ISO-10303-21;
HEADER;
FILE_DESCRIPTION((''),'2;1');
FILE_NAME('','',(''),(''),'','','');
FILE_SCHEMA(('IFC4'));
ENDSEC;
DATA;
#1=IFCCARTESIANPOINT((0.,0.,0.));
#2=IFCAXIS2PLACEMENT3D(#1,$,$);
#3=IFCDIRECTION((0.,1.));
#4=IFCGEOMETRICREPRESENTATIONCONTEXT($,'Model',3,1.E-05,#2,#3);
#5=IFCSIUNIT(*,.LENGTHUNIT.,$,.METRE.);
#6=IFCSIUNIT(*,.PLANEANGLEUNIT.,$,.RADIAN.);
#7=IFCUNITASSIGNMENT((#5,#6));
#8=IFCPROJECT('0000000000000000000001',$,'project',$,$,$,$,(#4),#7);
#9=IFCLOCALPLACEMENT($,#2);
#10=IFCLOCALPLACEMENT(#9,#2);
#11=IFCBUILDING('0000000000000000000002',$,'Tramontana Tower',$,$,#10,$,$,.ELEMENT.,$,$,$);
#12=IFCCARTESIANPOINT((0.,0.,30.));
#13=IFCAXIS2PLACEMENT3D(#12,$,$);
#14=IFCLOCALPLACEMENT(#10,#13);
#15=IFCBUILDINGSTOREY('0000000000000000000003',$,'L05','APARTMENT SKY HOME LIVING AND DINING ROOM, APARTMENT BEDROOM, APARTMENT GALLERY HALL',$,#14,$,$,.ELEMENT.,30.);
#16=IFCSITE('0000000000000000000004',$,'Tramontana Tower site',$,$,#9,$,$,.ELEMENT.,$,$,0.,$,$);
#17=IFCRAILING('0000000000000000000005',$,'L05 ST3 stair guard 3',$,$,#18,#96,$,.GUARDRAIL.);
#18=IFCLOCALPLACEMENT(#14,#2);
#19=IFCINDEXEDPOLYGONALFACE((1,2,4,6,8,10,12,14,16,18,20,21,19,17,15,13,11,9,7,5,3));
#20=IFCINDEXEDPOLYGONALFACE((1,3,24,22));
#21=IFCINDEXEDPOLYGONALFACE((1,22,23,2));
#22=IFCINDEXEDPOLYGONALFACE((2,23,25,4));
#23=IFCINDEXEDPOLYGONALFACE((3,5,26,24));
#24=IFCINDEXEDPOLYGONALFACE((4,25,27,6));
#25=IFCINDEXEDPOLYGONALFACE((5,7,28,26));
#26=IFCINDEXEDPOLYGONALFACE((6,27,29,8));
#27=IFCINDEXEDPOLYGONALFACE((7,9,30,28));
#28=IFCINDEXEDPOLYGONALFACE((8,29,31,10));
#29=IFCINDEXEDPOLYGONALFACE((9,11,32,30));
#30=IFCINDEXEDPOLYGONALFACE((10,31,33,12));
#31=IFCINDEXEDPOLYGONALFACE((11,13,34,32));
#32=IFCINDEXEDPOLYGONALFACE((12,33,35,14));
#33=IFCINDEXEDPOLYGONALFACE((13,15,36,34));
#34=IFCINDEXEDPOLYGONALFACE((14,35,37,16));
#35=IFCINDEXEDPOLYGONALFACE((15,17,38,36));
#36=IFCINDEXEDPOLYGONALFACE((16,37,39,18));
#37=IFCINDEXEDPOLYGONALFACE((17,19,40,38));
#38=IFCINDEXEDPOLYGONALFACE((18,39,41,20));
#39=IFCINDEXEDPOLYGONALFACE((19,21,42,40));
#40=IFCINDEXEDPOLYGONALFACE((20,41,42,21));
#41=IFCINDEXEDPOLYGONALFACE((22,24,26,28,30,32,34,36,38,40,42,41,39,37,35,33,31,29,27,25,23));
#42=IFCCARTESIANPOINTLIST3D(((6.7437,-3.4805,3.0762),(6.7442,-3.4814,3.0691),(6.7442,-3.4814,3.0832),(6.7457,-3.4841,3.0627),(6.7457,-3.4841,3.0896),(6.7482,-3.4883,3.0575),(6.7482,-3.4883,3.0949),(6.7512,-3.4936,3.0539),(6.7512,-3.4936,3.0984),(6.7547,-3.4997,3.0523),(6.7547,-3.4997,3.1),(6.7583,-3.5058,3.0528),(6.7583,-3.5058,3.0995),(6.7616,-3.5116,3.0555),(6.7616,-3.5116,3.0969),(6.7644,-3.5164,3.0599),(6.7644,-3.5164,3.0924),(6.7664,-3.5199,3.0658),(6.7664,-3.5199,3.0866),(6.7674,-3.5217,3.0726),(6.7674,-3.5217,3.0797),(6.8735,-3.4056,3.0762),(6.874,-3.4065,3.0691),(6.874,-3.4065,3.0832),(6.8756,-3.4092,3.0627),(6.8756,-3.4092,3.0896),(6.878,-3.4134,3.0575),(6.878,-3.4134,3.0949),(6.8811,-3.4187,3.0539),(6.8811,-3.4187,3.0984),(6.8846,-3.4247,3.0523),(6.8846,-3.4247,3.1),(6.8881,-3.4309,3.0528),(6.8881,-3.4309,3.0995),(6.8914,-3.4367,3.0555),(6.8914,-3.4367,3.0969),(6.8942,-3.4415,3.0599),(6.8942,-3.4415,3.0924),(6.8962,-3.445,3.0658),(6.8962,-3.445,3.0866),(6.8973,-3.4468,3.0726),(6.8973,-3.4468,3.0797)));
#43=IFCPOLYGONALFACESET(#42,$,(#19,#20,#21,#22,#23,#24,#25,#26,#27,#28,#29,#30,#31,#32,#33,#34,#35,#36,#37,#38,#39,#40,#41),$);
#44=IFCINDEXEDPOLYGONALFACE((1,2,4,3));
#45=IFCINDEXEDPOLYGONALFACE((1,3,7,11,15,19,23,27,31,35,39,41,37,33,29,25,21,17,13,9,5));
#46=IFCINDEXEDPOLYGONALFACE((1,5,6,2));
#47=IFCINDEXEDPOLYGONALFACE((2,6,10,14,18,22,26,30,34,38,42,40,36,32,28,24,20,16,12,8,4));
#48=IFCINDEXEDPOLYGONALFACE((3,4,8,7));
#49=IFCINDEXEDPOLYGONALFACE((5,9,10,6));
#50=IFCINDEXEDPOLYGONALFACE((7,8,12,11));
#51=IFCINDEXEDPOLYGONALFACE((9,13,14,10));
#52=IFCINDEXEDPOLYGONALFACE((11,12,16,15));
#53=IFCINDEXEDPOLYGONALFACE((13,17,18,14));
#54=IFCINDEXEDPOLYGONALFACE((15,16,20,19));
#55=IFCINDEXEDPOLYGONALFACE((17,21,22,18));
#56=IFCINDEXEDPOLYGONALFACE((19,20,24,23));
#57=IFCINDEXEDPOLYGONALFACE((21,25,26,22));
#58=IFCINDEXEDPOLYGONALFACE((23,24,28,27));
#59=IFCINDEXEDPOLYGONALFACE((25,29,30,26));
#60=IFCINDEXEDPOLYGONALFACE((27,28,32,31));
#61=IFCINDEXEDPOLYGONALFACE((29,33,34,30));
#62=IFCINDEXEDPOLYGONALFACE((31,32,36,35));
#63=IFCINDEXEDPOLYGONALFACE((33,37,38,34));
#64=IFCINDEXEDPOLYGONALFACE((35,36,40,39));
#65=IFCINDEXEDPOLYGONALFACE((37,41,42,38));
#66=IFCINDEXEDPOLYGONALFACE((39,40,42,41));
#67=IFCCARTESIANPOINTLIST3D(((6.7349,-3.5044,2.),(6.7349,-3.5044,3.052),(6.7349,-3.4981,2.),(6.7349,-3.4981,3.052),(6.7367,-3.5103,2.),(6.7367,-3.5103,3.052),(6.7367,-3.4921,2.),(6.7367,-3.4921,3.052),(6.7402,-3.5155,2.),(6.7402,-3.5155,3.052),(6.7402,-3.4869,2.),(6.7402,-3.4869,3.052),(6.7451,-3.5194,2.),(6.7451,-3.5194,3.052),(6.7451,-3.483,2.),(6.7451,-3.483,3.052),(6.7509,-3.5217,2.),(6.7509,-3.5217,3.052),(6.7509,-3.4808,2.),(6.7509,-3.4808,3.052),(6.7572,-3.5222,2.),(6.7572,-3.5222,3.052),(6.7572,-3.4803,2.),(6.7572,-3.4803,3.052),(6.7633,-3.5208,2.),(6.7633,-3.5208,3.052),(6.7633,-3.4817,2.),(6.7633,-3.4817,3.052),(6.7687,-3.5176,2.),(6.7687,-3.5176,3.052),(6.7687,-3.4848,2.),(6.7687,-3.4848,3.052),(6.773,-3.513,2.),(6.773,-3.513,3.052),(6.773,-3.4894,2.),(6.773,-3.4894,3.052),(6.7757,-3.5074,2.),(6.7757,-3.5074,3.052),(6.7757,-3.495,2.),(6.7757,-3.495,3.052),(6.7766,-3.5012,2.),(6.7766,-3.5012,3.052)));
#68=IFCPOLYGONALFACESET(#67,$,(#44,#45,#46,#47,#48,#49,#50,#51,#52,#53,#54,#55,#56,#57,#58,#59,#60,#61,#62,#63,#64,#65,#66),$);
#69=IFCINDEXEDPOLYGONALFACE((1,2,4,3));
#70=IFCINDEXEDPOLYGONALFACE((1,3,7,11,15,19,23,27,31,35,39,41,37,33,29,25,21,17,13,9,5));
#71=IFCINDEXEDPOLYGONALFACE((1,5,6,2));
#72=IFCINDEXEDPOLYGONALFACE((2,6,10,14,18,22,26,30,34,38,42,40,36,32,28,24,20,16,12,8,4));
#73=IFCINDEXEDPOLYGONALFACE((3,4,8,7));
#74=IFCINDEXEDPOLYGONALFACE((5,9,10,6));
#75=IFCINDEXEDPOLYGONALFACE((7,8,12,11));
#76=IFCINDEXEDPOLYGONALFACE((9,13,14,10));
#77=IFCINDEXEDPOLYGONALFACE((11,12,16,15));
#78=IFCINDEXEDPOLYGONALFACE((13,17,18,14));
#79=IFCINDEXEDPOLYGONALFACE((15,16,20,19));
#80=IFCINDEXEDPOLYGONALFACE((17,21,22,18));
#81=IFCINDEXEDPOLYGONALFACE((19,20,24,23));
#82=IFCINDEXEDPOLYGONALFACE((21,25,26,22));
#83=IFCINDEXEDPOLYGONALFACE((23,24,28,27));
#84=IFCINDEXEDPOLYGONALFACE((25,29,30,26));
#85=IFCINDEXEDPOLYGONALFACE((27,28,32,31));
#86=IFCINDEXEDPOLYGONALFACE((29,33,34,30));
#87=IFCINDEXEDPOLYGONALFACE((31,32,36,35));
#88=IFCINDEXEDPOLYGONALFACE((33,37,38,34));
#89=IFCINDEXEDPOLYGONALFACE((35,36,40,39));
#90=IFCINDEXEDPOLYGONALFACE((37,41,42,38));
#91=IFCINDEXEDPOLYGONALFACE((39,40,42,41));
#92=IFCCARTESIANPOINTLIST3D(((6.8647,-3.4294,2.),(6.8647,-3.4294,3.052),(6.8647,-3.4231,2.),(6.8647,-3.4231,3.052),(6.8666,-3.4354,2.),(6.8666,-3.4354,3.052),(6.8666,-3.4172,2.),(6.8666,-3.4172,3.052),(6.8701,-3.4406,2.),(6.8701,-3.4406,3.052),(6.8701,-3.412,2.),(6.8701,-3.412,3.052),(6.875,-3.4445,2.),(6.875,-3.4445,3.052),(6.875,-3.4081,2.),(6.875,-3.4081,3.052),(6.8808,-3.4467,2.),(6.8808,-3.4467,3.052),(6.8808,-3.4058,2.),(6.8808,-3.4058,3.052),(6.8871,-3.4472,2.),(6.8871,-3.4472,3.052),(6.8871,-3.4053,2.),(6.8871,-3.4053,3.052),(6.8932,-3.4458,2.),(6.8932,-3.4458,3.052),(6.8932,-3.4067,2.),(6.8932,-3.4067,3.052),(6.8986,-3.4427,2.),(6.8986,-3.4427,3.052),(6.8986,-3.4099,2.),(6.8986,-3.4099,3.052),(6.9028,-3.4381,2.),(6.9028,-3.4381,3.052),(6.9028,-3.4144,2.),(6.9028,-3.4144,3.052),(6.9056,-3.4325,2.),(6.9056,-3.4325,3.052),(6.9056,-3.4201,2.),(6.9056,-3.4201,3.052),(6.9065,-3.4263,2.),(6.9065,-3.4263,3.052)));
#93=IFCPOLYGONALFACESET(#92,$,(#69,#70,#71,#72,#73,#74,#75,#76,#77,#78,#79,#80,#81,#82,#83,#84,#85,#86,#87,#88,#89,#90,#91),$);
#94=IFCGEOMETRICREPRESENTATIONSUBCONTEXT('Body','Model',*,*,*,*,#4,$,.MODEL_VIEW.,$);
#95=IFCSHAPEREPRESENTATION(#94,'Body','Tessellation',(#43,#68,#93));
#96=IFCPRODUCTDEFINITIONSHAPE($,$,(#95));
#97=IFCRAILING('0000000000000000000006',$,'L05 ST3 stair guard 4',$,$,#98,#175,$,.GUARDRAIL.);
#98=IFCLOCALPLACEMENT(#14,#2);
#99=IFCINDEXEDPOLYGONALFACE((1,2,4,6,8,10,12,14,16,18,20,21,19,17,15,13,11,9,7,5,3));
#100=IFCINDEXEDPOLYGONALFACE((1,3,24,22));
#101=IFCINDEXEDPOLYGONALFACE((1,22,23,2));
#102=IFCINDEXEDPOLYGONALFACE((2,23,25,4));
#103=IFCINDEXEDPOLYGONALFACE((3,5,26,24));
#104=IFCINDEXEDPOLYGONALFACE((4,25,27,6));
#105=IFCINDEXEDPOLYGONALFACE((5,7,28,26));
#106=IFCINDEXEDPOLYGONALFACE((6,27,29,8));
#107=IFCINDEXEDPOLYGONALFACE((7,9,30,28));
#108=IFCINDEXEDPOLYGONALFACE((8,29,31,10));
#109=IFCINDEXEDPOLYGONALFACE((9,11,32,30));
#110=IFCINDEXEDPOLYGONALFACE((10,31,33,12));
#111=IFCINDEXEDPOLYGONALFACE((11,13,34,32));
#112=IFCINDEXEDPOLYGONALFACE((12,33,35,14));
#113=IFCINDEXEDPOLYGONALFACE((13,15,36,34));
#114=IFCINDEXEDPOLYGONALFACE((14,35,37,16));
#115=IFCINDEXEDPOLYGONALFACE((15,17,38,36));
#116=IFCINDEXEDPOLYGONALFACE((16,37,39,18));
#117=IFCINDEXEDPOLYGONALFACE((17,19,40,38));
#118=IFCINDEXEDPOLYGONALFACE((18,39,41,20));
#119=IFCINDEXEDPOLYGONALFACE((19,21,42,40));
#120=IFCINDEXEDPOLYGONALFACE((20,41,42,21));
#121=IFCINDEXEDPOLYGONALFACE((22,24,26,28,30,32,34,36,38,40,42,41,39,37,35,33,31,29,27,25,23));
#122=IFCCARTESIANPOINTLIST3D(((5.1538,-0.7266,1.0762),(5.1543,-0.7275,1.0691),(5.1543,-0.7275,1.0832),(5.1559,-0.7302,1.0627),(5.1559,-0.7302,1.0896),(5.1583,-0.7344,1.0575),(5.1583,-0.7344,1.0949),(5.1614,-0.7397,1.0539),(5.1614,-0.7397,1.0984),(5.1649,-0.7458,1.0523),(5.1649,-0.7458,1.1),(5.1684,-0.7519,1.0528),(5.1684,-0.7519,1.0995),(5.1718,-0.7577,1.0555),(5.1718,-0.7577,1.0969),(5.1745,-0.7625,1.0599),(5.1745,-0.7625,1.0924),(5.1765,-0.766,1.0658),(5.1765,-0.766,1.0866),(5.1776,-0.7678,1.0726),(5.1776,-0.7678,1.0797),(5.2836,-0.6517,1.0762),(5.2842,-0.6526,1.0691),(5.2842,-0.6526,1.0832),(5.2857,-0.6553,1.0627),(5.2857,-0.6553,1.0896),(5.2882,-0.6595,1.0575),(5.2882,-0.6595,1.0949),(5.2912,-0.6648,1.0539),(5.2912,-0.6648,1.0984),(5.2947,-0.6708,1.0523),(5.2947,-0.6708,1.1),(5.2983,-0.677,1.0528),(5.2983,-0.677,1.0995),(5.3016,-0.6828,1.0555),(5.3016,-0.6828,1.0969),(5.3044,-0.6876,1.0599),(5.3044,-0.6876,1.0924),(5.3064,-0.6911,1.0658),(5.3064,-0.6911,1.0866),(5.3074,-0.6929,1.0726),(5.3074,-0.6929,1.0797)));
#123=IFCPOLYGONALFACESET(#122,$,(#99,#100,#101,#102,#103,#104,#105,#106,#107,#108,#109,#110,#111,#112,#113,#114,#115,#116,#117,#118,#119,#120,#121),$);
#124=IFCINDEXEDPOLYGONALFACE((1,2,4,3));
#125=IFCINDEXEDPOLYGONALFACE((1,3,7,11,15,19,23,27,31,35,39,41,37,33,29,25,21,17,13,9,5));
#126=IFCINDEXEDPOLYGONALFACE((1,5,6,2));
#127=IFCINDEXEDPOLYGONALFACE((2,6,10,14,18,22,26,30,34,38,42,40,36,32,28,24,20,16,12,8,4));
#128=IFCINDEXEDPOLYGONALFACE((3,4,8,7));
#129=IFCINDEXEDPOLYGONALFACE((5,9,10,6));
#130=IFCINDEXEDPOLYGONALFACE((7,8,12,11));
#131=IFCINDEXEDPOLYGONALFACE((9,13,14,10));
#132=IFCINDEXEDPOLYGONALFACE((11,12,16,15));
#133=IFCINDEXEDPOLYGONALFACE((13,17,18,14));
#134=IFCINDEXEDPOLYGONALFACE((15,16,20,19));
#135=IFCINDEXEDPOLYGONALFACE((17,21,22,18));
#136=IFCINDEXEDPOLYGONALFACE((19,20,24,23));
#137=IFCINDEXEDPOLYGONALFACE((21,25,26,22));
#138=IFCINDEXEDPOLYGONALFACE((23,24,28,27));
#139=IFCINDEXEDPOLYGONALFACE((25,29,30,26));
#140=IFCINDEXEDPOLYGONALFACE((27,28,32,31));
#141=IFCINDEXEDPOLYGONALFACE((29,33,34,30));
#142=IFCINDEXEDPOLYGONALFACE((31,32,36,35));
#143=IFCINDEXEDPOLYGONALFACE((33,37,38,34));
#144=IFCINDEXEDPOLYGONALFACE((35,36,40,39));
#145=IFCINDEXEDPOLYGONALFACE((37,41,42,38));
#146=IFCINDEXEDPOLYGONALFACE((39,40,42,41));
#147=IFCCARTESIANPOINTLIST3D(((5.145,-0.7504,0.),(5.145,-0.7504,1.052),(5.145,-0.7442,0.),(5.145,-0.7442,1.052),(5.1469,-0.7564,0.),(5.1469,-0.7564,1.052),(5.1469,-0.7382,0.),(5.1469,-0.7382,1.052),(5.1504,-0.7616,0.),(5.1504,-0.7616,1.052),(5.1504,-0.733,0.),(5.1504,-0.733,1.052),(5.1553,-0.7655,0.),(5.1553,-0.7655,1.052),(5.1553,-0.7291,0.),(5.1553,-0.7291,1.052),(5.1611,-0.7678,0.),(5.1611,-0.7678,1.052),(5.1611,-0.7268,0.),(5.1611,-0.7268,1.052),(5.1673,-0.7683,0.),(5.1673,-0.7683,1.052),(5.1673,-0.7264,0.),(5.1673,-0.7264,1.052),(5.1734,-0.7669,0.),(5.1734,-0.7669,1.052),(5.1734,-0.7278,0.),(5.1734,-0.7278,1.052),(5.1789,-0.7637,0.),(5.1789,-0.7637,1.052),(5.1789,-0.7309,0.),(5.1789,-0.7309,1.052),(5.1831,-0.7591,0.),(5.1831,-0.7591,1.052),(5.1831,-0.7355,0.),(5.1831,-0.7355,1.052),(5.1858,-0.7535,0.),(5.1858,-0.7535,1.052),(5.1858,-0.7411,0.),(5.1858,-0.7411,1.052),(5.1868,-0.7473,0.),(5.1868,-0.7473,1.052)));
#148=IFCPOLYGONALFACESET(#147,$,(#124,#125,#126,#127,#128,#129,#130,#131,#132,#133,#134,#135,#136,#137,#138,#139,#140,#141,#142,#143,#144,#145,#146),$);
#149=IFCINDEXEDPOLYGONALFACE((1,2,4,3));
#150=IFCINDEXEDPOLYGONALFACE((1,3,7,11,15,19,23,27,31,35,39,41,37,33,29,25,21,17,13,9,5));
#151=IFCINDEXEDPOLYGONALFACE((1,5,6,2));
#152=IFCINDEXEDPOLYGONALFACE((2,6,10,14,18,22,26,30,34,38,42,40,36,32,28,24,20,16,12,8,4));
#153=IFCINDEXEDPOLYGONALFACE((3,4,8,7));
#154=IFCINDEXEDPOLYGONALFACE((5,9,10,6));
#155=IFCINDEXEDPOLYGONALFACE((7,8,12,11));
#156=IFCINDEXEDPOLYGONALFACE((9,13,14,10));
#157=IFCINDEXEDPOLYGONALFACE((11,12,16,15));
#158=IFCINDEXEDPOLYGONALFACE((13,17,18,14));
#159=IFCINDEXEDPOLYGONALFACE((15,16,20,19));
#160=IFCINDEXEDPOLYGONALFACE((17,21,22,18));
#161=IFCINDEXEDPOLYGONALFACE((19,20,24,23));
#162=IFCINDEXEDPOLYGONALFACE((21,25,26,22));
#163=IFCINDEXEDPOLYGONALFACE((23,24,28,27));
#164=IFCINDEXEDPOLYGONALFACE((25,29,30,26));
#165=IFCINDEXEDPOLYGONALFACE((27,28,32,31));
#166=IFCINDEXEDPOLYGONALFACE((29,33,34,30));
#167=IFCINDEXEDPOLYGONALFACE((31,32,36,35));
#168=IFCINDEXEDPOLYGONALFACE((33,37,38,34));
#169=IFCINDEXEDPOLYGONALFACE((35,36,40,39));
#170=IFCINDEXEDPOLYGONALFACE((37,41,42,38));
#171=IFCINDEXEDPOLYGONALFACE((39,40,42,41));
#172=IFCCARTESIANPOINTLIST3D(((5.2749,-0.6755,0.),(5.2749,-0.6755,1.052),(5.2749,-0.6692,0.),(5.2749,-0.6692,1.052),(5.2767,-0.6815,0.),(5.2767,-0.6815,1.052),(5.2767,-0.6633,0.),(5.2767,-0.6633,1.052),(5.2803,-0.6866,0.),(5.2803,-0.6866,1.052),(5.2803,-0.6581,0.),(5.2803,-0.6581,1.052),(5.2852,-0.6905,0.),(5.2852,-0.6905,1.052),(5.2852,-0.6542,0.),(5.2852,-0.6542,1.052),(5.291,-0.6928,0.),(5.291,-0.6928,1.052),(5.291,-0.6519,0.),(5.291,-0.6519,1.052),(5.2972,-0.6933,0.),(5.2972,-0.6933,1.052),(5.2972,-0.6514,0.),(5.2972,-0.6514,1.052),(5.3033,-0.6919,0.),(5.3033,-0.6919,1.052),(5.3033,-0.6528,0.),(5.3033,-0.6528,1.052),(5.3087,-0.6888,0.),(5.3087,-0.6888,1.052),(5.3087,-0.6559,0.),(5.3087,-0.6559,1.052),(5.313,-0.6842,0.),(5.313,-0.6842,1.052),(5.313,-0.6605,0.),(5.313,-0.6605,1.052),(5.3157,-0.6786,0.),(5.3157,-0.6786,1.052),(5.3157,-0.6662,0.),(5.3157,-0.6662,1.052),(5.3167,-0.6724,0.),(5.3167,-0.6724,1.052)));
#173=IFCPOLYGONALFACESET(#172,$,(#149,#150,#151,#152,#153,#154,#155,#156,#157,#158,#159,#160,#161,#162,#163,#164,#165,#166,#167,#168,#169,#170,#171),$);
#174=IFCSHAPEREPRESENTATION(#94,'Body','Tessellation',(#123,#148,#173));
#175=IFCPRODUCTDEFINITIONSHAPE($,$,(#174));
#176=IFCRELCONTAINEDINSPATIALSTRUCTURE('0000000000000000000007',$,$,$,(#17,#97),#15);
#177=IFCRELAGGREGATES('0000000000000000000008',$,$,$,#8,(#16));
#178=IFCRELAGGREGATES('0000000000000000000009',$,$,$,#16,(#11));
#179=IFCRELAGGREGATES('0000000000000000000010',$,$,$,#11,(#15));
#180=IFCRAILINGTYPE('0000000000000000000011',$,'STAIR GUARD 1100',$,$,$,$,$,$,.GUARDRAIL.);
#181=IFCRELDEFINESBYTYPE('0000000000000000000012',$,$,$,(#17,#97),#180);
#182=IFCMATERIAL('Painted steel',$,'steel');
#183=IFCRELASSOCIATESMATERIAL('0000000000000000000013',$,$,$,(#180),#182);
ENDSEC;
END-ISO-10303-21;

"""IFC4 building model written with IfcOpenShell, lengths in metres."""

from ifc_helpers import new_model, si_unit, direction, frame, origin, origin_2d, place, context, subcontext, project, spatial, circle, extrude, material, type_object, element, save


model = new_model("IFC4")

# Units and contexts
model_context = context("Model", 3, precision=1e-05, world=origin(), true_north=direction((0.0, 1.0)))
body_context = subcontext(model_context, "Body", "Model", "MODEL_VIEW")
ifc_project = project(units=[si_unit("LENGTHUNIT", "METRE"), si_unit("PLANEANGLEUNIT", "RADIAN")], contexts=[model_context])

# Site, building, storey
site_placement = place(None, origin())
site = spatial("IfcSite", under=ifc_project, at=site_placement, Name="Tramontana Tower site", CompositionType="ELEMENT", RefElevation=0.0)
building_placement = place(site_placement, origin())
building = spatial("IfcBuilding", under=site, at=building_placement, Name="Tramontana Tower", CompositionType="ELEMENT")
storey_placement = place(building_placement, frame((0.0, 0.0, 30.0)))
storey = spatial("IfcBuildingStorey", under=building, at=storey_placement, Name="L05", Description="APARTMENT SKY HOME LIVING AND DINING ROOM, APARTMENT BEDROOM, APARTMENT GALLERY HALL", CompositionType="ELEMENT", Elevation=30.0)

# Railings
ifc_material_1 = material(Name="Painted steel", Category="steel")
railing_type_1 = type_object("IfcRailingType", Name="STAIR GUARD 1100", PredefinedType="GUARDRAIL", material=ifc_material_1)
for number, where, name in (
    (1, (6.7556, -3.5012, 2.0), "L05 ST3 stair guard 3"),
    (2, (5.1658, -0.7473, 0.0), "L05 ST3 stair guard 4"),
):
    element("IfcRailing", number, at=place(storey_placement, frame(where)), inside=storey, type_object=railing_type_1, Name=name, PredefinedType="GUARDRAIL", context=body_context, shape_type="SweptSolid", body=[
        extrude(circle(Radius=0.0239, at=origin_2d()), frame((0.0, 0.0, 1.0762), z_axis=(0.866131, 0.499816, 0.0), x_axis=(-0.499816, 0.866131, 0.0)), (0.0, 0.0, 1.0), 0.1499),
        extrude(circle(Radius=0.021, at=origin_2d()), origin(), (0.0, 0.0, 1.0), 1.052),
        extrude(circle(Radius=0.021, at=origin_2d()), frame((0.1299, 0.075, 0.0)), (0.0, 0.0, 1.0), 1.052),
    ])

save(model, "model.ifc")
